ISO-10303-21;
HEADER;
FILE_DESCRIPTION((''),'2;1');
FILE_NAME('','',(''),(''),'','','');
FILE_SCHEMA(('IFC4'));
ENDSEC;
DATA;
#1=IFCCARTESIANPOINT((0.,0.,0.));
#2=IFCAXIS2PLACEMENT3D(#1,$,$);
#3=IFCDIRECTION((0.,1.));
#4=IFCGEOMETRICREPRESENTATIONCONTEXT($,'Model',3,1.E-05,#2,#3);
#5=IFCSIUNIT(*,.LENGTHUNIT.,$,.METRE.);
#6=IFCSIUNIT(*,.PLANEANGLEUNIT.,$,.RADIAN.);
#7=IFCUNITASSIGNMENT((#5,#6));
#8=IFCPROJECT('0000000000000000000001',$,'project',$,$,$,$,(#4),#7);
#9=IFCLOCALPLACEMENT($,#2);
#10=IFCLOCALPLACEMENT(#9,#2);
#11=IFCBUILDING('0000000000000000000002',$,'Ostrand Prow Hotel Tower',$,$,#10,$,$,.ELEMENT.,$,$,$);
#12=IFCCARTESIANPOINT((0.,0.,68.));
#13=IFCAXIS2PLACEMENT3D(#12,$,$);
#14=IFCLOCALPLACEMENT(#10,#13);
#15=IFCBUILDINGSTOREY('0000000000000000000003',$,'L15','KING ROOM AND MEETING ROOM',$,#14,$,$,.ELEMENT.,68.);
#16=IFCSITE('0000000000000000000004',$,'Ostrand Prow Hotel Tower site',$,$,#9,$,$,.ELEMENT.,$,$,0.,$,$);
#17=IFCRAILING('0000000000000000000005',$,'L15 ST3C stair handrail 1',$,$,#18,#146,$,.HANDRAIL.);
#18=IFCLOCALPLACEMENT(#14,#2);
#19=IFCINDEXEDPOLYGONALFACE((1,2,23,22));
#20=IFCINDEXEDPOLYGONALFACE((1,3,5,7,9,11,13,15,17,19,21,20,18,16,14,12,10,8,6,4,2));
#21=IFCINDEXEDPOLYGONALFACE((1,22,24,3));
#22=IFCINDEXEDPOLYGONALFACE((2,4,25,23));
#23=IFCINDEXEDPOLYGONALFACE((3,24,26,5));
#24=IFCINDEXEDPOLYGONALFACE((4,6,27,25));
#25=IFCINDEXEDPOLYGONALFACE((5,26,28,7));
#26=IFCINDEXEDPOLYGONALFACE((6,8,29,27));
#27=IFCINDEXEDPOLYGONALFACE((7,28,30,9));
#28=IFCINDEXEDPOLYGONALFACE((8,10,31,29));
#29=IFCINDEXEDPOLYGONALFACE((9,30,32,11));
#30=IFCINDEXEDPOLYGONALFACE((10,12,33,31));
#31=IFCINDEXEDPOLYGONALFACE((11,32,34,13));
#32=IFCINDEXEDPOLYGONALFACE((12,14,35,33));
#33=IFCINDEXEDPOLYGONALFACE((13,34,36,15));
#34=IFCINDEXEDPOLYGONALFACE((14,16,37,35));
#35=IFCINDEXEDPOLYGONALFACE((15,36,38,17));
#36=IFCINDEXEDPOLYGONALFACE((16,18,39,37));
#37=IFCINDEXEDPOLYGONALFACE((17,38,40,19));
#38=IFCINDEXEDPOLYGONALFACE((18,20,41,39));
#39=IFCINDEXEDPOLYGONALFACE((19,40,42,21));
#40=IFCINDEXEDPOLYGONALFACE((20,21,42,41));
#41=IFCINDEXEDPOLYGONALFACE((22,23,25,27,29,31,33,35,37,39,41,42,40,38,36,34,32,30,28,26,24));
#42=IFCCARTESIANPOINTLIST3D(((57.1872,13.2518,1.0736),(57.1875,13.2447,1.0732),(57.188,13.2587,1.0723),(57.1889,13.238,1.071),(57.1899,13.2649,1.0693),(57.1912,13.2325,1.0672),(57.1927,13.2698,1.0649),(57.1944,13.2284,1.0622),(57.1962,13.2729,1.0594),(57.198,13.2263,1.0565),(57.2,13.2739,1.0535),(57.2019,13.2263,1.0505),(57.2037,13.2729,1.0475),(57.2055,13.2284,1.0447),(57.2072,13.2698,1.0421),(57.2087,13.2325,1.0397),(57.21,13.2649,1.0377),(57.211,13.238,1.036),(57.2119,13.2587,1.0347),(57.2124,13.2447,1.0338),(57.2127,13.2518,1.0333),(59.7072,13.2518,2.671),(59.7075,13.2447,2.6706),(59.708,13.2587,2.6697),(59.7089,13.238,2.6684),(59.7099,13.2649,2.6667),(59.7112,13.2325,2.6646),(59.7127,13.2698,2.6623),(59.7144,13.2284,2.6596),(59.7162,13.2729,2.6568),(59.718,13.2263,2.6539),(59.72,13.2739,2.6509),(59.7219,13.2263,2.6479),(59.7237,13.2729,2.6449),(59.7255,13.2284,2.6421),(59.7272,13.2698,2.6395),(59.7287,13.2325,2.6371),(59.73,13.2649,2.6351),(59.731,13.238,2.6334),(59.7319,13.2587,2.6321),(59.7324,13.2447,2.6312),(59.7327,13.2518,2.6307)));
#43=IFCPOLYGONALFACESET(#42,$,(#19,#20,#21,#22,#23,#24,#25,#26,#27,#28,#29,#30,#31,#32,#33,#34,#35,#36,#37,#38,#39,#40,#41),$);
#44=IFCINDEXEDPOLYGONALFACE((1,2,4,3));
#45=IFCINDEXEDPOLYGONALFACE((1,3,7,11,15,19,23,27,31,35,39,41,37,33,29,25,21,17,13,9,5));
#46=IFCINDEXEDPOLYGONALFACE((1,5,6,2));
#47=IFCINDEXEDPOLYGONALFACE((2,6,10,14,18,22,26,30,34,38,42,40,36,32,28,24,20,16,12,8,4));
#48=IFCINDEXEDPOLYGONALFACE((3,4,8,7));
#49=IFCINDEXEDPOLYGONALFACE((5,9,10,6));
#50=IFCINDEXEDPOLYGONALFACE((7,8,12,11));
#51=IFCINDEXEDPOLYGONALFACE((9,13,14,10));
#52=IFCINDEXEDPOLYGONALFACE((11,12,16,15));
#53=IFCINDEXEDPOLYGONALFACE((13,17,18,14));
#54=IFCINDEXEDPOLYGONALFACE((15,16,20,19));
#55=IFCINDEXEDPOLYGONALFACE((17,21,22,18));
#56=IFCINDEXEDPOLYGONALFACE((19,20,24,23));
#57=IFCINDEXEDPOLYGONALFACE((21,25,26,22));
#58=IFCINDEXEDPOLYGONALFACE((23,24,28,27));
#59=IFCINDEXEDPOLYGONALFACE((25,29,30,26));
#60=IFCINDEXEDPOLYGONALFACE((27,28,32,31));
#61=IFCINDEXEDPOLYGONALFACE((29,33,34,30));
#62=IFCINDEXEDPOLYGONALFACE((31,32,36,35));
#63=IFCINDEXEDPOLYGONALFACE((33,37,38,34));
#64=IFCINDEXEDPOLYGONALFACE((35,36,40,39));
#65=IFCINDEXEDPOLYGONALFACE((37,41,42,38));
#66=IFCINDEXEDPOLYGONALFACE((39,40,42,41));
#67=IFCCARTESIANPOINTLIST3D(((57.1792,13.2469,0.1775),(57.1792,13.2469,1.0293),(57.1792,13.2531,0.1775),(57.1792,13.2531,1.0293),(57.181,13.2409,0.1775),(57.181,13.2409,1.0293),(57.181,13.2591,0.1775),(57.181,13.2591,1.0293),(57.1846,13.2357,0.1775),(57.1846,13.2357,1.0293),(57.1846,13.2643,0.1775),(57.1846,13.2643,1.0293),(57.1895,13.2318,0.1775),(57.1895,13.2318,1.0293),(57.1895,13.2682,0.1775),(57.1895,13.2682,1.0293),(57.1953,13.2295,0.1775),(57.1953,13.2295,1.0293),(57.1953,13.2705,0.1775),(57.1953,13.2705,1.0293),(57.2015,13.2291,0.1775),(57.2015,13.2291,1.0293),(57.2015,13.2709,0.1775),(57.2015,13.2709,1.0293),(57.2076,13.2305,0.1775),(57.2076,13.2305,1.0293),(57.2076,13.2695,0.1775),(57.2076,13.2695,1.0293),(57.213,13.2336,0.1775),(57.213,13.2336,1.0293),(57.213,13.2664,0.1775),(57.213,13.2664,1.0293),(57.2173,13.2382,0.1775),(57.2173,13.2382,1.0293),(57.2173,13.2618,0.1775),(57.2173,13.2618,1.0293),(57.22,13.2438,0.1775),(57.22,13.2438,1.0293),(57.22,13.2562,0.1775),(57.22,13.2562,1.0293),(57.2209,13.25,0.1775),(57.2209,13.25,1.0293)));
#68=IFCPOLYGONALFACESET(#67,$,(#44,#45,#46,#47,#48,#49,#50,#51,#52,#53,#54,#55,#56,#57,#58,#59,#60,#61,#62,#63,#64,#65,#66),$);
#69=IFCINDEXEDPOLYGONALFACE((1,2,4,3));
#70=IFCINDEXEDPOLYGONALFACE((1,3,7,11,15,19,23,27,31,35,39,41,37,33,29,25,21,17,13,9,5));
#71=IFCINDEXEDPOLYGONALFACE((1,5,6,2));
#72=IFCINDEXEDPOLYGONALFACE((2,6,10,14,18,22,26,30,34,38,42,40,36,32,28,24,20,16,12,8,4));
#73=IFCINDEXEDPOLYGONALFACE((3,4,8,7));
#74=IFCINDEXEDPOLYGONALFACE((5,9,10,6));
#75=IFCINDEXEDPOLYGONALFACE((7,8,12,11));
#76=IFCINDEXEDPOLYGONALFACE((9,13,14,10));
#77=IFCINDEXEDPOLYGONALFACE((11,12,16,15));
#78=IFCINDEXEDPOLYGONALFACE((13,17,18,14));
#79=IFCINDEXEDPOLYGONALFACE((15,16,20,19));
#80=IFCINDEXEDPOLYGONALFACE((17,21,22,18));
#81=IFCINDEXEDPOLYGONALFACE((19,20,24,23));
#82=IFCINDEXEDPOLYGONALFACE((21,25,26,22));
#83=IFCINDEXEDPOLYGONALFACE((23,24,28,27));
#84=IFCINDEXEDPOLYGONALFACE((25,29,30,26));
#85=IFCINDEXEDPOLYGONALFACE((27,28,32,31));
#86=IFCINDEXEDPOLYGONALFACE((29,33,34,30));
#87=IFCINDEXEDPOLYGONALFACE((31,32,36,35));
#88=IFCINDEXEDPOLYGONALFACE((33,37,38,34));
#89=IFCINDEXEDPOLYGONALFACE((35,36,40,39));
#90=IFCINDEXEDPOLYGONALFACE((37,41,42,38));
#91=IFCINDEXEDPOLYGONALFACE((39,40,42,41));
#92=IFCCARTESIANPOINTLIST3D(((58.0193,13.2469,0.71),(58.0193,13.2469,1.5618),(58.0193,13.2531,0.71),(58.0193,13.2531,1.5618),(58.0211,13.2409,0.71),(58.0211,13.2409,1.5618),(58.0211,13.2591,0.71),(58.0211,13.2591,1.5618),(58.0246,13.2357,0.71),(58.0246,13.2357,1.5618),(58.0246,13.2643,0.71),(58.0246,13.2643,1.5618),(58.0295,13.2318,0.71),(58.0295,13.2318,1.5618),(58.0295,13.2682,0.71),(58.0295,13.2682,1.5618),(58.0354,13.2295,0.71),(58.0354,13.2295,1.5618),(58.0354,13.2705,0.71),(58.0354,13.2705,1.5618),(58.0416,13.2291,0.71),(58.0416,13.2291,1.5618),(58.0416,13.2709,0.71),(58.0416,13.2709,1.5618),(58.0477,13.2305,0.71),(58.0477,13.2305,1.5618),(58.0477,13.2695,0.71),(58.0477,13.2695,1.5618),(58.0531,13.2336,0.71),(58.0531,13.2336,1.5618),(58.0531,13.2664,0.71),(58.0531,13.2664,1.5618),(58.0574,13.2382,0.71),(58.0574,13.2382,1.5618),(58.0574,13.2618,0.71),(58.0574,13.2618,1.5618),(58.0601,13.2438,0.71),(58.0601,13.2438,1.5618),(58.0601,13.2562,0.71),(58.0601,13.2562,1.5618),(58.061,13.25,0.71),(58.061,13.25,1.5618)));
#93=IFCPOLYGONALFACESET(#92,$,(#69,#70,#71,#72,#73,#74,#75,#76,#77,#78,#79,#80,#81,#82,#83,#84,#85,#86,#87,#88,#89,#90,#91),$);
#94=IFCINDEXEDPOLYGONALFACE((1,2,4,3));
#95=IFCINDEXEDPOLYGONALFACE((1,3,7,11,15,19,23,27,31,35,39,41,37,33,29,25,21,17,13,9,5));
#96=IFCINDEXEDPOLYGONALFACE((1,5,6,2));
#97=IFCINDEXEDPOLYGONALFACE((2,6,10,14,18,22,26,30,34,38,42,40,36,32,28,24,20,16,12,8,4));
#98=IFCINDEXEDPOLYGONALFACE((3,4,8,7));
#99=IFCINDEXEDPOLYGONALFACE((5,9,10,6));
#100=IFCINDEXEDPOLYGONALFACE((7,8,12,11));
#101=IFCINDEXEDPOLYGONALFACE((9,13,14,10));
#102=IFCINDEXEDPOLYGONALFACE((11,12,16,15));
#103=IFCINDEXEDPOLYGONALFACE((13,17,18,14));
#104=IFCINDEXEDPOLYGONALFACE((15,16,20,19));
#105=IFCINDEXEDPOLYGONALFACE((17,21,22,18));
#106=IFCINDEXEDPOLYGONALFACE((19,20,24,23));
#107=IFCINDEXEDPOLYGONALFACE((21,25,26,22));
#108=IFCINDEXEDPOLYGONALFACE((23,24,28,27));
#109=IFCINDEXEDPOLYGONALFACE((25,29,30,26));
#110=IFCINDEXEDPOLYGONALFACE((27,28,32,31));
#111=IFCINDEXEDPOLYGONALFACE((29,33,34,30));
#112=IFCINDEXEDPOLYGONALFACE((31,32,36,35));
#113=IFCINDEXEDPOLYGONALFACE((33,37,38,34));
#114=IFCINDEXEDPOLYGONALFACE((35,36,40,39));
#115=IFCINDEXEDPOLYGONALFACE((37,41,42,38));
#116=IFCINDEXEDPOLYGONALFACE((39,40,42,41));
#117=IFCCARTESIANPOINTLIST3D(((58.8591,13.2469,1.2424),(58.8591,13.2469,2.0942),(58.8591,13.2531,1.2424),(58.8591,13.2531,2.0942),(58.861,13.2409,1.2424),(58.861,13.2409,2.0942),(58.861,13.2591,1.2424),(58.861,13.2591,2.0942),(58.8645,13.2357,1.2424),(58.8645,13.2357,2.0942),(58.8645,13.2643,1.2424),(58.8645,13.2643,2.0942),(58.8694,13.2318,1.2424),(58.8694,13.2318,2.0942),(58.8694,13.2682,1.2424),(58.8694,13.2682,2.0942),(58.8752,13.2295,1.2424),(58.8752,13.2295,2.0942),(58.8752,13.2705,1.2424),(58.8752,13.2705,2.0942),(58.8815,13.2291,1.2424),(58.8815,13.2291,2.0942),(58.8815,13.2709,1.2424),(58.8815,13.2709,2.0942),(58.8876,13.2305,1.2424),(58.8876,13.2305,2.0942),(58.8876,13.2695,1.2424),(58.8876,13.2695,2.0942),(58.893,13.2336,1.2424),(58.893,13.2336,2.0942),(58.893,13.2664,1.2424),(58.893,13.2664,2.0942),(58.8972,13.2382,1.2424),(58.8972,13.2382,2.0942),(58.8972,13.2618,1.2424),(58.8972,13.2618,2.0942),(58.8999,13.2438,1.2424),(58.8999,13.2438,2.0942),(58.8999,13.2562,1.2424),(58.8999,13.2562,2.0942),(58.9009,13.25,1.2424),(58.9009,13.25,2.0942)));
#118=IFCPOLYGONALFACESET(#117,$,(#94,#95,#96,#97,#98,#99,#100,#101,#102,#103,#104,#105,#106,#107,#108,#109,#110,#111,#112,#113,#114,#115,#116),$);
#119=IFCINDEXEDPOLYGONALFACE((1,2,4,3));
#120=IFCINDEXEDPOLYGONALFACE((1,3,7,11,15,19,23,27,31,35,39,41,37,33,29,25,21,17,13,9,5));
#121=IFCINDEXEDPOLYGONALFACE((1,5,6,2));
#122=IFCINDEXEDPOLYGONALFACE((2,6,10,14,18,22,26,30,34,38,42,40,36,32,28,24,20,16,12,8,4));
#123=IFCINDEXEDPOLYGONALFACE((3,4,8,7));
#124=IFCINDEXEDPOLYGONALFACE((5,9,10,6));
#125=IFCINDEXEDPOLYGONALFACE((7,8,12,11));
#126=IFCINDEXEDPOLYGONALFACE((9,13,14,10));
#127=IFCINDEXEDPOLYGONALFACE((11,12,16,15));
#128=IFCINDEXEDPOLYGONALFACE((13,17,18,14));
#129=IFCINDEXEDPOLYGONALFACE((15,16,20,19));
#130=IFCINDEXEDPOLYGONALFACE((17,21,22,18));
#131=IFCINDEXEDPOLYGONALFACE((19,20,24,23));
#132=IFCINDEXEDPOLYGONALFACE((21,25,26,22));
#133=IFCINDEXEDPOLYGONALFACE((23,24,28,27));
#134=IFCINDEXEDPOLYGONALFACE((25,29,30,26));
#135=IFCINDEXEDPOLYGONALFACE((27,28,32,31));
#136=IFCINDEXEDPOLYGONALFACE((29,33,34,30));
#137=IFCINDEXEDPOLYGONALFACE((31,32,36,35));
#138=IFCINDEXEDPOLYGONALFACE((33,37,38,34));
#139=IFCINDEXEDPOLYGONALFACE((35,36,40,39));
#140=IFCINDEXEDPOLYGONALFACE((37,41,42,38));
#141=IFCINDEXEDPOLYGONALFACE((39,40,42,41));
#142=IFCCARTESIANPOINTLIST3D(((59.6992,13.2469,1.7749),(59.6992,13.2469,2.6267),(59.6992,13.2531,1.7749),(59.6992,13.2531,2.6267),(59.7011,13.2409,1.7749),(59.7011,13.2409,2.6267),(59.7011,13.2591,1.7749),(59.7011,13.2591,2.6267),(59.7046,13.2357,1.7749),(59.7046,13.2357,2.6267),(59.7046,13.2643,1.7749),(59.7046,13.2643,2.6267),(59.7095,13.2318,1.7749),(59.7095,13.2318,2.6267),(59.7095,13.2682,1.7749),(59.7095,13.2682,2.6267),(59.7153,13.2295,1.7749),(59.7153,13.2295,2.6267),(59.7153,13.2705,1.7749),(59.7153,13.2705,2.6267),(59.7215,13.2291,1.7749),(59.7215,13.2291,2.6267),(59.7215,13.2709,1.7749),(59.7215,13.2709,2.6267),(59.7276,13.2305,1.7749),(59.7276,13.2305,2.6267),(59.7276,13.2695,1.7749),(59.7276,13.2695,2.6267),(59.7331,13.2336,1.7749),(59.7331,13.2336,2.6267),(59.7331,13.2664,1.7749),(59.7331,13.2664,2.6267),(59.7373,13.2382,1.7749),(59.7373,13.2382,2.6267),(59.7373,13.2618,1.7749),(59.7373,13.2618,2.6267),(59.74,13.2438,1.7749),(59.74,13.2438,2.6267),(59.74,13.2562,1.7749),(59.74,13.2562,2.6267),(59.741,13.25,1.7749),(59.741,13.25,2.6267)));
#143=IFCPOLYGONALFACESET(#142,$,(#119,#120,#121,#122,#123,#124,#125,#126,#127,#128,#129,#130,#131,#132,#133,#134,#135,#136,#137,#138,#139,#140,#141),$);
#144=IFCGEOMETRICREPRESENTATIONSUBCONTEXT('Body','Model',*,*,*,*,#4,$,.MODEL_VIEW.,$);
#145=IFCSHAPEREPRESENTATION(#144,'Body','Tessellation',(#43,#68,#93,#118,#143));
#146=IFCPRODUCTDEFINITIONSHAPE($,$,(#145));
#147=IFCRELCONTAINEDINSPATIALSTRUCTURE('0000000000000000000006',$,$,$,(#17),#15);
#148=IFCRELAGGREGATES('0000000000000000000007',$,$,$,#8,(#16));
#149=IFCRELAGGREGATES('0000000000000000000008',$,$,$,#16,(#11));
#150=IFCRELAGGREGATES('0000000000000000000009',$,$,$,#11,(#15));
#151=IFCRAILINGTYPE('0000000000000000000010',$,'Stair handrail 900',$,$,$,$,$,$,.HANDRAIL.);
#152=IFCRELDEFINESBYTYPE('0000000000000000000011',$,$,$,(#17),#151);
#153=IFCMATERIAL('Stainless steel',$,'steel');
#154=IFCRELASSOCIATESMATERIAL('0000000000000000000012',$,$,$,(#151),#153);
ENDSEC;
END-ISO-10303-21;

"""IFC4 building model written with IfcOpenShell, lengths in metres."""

from ifc_helpers import new_model, si_unit, direction, frame, origin, origin_2d, place, context, subcontext, project, spatial, circle, extrude, material, type_object, element, save


model = new_model("IFC4")

# Units and contexts
model_context = context("Model", 3, precision=1e-05, world=origin(), true_north=direction((0.0, 1.0)))
body_context = subcontext(model_context, "Body", "Model", "MODEL_VIEW")
ifc_project = project(units=[si_unit("LENGTHUNIT", "METRE"), si_unit("PLANEANGLEUNIT", "RADIAN")], contexts=[model_context])

# Site, building, storey
site_placement = place(None, origin())
site = spatial("IfcSite", under=ifc_project, at=site_placement, Name="Ostrand Prow Hotel Tower site", CompositionType="ELEMENT", RefElevation=0.0)
building_placement = place(site_placement, origin())
building = spatial("IfcBuilding", under=site, at=building_placement, Name="Ostrand Prow Hotel Tower", CompositionType="ELEMENT")
storey_placement = place(building_placement, frame((0.0, 0.0, 68.0)))
storey = spatial("IfcBuildingStorey", under=building, at=storey_placement, Name="L15", Description="KING ROOM AND MEETING ROOM", CompositionType="ELEMENT", Elevation=68.0)

# Railing
ifc_material_1 = material(Name="Stainless steel", Category="steel")
railing_type_1 = type_object("IfcRailingType", Name="Stair handrail 900", PredefinedType="HANDRAIL", material=ifc_material_1)
railing_1_placement = place(storey_placement, frame((57.2, 13.25, 0.1775)))
element("IfcRailing", 1, at=railing_1_placement, inside=storey, type_object=railing_type_1, Name="L15 ST3C stair handrail 1", PredefinedType="HANDRAIL", context=body_context, shape_type="SweptSolid", body=[
    extrude(circle(Radius=0.0239, at=origin_2d()), frame((0.0, 0.0, 0.876), z_axis=(0.844607, 0.0, 0.535387), x_axis=(0.0, 1.0, 0.0)), (0.0, 0.0, 1.0), 2.9836),
    extrude(circle(Radius=0.021, at=origin_2d()), origin(), (0.0, 0.0, 1.0), 0.8518),
    extrude(circle(Radius=0.021, at=origin_2d()), frame((0.8401, 0.0, 0.5325)), (0.0, 0.0, 1.0), 0.8518),
    extrude(circle(Radius=0.021, at=origin_2d()), frame((1.6799, 0.0, 1.0649)), (0.0, 0.0, 1.0), 0.8518),
    extrude(circle(Radius=0.021, at=origin_2d()), frame((2.52, 0.0, 1.5974)), (0.0, 0.0, 1.0), 0.8518),
])

save(model, "model.ifc")
